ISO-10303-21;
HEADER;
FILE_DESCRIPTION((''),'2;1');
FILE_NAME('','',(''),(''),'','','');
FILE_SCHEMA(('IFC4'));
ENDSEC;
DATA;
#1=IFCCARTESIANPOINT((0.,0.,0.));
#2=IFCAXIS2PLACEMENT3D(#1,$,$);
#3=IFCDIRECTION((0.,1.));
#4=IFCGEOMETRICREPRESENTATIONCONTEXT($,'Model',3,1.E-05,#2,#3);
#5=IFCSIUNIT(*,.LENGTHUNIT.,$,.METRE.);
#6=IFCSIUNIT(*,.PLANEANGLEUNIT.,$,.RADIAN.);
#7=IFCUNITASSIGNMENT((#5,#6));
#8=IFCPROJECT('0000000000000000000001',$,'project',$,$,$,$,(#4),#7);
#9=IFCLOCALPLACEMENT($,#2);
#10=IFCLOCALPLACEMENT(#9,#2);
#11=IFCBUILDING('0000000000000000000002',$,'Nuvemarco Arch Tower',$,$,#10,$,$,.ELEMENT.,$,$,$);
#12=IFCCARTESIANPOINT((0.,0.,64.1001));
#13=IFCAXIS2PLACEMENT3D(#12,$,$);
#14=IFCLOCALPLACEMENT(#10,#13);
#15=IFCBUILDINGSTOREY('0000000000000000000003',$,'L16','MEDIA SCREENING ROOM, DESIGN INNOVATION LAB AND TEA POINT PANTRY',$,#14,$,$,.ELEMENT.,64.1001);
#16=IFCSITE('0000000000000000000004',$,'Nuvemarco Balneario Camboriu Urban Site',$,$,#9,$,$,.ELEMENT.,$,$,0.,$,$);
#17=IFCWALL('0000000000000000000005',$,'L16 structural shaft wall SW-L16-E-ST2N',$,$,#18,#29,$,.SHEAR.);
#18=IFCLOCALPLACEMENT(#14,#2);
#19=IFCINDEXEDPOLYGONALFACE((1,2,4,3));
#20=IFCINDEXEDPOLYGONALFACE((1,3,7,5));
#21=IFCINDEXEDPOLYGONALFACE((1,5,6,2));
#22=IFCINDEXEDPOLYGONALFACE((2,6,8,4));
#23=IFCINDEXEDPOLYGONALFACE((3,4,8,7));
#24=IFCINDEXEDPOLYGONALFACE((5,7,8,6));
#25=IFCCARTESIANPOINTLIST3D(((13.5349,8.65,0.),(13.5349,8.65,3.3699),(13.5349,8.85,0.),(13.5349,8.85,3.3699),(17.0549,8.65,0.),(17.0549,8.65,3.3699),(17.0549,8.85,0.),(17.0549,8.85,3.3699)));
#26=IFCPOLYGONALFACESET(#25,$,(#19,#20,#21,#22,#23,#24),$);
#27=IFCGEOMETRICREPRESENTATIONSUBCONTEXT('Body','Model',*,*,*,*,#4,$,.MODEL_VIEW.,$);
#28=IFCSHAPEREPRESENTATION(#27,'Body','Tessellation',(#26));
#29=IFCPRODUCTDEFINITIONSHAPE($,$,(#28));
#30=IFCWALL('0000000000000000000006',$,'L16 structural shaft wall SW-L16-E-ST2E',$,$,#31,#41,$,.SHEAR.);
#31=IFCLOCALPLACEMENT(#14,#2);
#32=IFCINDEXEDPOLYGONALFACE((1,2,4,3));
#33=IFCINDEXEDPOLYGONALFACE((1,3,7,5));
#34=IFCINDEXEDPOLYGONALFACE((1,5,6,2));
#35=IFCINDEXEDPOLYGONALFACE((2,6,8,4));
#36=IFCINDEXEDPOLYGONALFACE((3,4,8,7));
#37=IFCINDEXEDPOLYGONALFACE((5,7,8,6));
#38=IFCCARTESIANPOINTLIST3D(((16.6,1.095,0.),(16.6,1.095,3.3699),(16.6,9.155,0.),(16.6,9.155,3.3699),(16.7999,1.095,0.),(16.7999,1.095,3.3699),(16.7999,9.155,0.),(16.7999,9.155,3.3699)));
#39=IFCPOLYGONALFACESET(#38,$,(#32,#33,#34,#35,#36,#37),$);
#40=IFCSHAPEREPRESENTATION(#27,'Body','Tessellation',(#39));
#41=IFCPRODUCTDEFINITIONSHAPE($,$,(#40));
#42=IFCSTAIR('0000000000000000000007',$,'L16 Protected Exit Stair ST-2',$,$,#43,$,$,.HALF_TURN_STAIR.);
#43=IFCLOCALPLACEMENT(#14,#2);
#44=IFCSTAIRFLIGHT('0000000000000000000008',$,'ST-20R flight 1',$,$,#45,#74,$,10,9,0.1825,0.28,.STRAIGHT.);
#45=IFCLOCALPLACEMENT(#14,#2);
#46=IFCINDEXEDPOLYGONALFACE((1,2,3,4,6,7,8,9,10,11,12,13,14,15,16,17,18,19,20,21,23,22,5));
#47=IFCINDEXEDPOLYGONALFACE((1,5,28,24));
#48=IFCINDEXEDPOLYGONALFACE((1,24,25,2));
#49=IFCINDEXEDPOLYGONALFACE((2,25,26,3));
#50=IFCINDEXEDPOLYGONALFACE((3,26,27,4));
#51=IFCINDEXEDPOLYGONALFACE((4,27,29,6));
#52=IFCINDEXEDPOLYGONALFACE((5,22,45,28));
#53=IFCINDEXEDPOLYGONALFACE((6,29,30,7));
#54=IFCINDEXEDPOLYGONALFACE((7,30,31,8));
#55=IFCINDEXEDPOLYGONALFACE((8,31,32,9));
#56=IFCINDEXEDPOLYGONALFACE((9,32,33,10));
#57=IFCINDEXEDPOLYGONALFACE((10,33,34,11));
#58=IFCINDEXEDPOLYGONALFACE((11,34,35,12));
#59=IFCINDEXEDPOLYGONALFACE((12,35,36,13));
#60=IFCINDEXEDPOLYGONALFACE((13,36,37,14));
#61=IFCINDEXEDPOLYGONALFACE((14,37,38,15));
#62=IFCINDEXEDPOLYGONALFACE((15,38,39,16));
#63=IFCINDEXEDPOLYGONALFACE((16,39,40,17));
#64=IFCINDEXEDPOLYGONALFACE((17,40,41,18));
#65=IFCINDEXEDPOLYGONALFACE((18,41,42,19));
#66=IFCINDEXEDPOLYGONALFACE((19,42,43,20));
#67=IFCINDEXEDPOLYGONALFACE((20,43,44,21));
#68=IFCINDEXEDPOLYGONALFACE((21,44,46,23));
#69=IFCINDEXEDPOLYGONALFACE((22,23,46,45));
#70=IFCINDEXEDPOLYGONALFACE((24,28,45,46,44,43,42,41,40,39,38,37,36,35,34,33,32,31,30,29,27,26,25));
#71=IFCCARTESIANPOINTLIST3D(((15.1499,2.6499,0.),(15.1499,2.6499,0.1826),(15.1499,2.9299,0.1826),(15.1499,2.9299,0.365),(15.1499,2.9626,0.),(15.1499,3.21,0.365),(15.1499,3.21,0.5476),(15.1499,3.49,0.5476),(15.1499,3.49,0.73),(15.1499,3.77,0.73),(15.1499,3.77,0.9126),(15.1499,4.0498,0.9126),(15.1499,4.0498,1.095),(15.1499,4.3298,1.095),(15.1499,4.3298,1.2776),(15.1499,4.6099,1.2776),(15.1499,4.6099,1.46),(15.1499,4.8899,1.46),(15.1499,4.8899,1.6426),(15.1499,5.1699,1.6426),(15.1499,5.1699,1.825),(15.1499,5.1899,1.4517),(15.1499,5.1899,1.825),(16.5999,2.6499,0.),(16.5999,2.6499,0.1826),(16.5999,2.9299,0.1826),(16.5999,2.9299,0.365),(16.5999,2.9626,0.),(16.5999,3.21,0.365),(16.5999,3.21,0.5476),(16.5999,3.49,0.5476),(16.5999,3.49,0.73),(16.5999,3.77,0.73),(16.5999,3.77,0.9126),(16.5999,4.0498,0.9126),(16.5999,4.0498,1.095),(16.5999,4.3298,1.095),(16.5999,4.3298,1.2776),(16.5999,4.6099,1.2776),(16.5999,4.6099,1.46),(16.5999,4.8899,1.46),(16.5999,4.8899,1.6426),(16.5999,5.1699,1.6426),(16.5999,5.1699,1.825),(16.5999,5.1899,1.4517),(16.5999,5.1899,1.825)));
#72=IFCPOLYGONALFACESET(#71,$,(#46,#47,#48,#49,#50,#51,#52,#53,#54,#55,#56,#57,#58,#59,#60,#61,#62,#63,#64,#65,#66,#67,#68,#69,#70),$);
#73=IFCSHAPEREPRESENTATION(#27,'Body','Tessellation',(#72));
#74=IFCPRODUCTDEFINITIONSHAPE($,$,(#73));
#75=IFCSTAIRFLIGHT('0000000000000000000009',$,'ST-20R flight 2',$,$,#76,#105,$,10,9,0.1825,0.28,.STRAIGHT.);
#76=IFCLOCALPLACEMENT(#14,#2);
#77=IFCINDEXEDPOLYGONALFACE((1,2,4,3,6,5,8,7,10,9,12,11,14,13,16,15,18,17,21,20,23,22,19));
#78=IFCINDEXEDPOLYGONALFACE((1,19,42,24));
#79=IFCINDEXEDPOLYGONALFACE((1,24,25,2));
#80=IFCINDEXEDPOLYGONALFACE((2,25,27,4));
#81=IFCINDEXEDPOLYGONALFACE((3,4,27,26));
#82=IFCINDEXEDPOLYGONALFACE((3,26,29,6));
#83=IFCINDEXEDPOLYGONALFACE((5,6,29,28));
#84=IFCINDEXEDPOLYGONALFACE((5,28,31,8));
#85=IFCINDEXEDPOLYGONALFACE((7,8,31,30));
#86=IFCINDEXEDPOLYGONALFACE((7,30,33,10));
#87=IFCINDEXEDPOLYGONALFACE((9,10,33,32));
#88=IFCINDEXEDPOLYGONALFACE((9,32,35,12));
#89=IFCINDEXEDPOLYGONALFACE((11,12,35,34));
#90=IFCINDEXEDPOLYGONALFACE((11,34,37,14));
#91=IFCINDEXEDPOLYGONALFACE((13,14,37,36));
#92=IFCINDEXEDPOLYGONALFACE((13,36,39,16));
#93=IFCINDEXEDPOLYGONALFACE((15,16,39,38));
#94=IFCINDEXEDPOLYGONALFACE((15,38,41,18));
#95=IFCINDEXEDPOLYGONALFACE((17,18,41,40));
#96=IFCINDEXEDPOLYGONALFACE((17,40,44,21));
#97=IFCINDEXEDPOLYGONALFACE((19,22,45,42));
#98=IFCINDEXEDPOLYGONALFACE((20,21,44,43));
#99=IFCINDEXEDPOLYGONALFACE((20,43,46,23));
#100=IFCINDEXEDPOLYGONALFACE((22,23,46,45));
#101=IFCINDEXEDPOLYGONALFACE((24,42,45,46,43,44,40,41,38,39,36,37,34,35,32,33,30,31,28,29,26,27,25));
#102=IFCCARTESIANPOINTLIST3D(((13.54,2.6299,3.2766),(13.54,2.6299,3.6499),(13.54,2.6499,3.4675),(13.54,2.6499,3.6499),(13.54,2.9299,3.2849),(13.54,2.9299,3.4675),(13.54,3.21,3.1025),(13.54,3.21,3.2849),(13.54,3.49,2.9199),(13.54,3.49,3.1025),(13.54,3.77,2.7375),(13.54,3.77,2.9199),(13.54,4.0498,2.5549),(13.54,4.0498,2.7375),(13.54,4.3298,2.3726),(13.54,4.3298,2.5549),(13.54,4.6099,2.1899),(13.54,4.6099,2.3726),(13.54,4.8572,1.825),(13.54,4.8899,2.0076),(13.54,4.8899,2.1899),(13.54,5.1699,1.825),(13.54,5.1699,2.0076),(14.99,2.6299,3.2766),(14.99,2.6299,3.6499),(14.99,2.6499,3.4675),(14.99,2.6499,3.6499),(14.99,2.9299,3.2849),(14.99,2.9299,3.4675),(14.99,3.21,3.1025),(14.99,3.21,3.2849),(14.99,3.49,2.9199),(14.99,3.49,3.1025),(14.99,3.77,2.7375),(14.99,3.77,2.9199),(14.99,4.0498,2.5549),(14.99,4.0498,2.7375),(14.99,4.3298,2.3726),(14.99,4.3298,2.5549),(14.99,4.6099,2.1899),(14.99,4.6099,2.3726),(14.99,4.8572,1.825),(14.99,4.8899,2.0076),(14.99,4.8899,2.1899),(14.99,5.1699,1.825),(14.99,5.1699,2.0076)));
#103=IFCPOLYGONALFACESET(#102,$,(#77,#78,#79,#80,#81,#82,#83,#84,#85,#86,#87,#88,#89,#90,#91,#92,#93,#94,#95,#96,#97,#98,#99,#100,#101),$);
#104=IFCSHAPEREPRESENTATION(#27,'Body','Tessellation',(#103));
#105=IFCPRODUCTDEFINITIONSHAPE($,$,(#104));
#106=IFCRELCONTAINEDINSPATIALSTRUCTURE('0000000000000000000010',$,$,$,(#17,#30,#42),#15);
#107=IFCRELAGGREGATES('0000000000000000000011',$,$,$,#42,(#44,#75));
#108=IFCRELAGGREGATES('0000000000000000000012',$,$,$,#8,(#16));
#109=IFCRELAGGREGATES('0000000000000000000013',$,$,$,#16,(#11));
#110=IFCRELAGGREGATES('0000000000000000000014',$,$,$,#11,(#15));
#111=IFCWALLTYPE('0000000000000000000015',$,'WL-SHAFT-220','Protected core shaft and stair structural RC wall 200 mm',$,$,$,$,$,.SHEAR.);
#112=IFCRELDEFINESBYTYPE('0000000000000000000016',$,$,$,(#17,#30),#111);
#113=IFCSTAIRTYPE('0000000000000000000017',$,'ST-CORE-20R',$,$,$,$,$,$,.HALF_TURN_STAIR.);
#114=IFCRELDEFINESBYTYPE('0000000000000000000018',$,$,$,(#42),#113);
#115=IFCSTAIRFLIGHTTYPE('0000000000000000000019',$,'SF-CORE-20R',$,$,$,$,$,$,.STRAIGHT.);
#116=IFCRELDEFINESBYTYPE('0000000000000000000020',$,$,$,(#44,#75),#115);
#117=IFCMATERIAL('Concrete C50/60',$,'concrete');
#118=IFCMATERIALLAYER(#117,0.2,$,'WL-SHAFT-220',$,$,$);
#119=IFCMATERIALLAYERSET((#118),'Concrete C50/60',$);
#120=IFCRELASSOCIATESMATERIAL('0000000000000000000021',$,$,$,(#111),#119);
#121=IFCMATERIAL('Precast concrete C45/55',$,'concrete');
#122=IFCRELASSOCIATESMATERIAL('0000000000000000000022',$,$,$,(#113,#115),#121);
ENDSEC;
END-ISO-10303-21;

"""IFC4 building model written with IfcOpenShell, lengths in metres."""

from ifc_helpers import new_model, si_unit, direction, frame, frame_2d, origin, place, context, subcontext, project, spatial, polyline, rectangle, outline, extrude, material, layer, layer_set, type_object, element, aggregate, save


model = new_model("IFC4")

# Units and contexts
model_context = context("Model", 3, precision=1e-05, world=origin(), true_north=direction((0.0, 1.0)))
body_context = subcontext(model_context, "Body", "Model", "MODEL_VIEW")
ifc_project = project(units=[si_unit("LENGTHUNIT", "METRE"), si_unit("PLANEANGLEUNIT", "RADIAN")], contexts=[model_context])

# Site, building, storey
site_placement = place(None, origin())
site = spatial("IfcSite", under=ifc_project, at=site_placement, Name="Nuvemarco Balneario Camboriu Urban Site", CompositionType="ELEMENT", RefElevation=0.0)
building_placement = place(site_placement, origin())
building = spatial("IfcBuilding", under=site, at=building_placement, Name="Nuvemarco Arch Tower", CompositionType="ELEMENT")
storey_placement = place(building_placement, frame((0.0, 0.0, 64.1001)))
storey = spatial("IfcBuildingStorey", under=building, at=storey_placement, Name="L16", Description="MEDIA SCREENING ROOM, DESIGN INNOVATION LAB AND TEA POINT PANTRY", CompositionType="ELEMENT", Elevation=64.1001)

# Shared definitions
ifc_material_1 = material(Name="Precast concrete C45/55", Category="concrete")

# Shared definitions
ifc_material_2 = material(Name="Concrete C50/60", Category="concrete")
ifc_layer_1 = layer(ifc_material_2, 0.2, Name="WL-SHAFT-220")
ifc_layer_set_1 = layer_set([ifc_layer_1], Name="Concrete C50/60")
wall_type_1 = type_object("IfcWallType", Name="WL-SHAFT-220", Description="Protected core shaft and stair structural RC wall 200 mm", PredefinedType="SHEAR", material=ifc_layer_set_1)

# Walls
for number, where, z_axis, x_axis, name in (
    (1, (13.5349, 8.75, 0.0), (0.0, 0.0, 1.0), (1.0, 0.0, 0.0), "L16 structural shaft wall SW-L16-E-ST2N"),
):
    element("IfcWall", number, at=place(storey_placement, frame(where, z_axis=z_axis, x_axis=x_axis)), inside=storey, type_object=wall_type_1, Name=name, PredefinedType="SHEAR", context=body_context, shape_type="SweptSolid", body=[
        extrude(rectangle(XDim=3.52, YDim=0.2, at=frame_2d((1.76, 0.0))), origin(), (0.0, 0.0, 1.0), 3.3699),
    ])
wall_1_placement = place(storey_placement, frame((16.7, 1.095, 0.0), z_axis=(0.0, 0.0, 1.0), x_axis=(0.0, 1.0, 0.0)))
element("IfcWall", 2, at=wall_1_placement, inside=storey, type_object=wall_type_1, Name="L16 structural shaft wall SW-L16-E-ST2E", PredefinedType="SHEAR", context=body_context, shape_type="SweptSolid", body=[
    extrude(rectangle(XDim=8.0601, YDim=0.2, at=frame_2d((4.03, 0.0))), origin(), (0.0, 0.0, 1.0), 3.3699),
])

# Stair, stair flights
stair_type = type_object("IfcStairType", Name="ST-CORE-20R", PredefinedType="HALF_TURN_STAIR", material=ifc_material_1)
stair_placement = place(storey_placement, origin())
stair = element("IfcStair", 3, at=stair_placement, inside=storey, type_object=stair_type, Name="L16 Protected Exit Stair ST-2", PredefinedType="HALF_TURN_STAIR")
stair_flight_type = type_object("IfcStairFlightType", Name="SF-CORE-20R", PredefinedType="STRAIGHT", material=ifc_material_1)
stair_flight_1_placement = place(storey_placement, frame((15.875, 2.6499, 0.0), z_axis=(0.0, 0.0, 1.0), x_axis=(0.0, 1.0, 0.0)))
stair_flight_1 = element("IfcStairFlight", 4, at=stair_flight_1_placement, type_object=stair_flight_type, Name="ST-20R flight 1", NumberOfRisers=10, NumberOfTreads=9, PredefinedType="STRAIGHT", RiserHeight=0.1825, TreadLength=0.28, context=body_context, shape_type="SweptSolid", body=[
    extrude(outline(polyline([(0.0, 0.0), (0.0, 0.1826), (0.28, 0.1826), (0.28, 0.365), (0.5601, 0.365), (0.5601, 0.5476), (0.8401, 0.5476), (0.8401, 0.73), (1.1201, 0.73), (1.1201, 0.9126), (1.3999, 0.9126), (1.3999, 1.095), (1.6799, 1.095), (1.6799, 1.2776), (1.96, 1.2776), (1.96, 1.46), (2.24, 1.46), (2.24, 1.6426), (2.52, 1.6426), (2.52, 1.825), (2.54, 1.825), (2.54, 1.4517), (0.3127, 0.0), (0.0, 0.0)])), frame((0.0, 0.7251, 0.0), z_axis=(0.0, -1.0, 0.0), x_axis=(1.0, 0.0, 0.0)), (0.0, 0.0, 1.0), 1.45),
])
stair_flight_2_placement = place(storey_placement, frame((14.2649, 5.1699, 1.825), z_axis=(0.0, 0.0, 1.0), x_axis=(0.0, -1.0, 0.0)))
stair_flight_2 = element("IfcStairFlight", 5, at=stair_flight_2_placement, type_object=stair_flight_type, Name="ST-20R flight 2", NumberOfRisers=10, NumberOfTreads=9, PredefinedType="STRAIGHT", RiserHeight=0.1825, TreadLength=0.28, context=body_context, shape_type="SweptSolid", body=[
    extrude(outline(polyline([(0.0, 0.0), (0.0, 0.1826), (0.28, 0.1826), (0.28, 0.365), (0.5601, 0.365), (0.5601, 0.5476), (0.8401, 0.5476), (0.8401, 0.73), (1.1201, 0.73), (1.1201, 0.9126), (1.3999, 0.9126), (1.3999, 1.095), (1.6799, 1.095), (1.6799, 1.2776), (1.96, 1.2776), (1.96, 1.46), (2.24, 1.46), (2.24, 1.6426), (2.52, 1.6426), (2.52, 1.825), (2.54, 1.825), (2.54, 1.4517), (0.3127, 0.0), (0.0, 0.0)])), frame((0.0, 0.7251, 0.0), z_axis=(0.0, -1.0, 0.0), x_axis=(1.0, 0.0, 0.0)), (0.0, 0.0, 1.0), 1.45),
])
aggregate(stair, [stair_flight_1, stair_flight_2])

save(model, "model.ifc")
